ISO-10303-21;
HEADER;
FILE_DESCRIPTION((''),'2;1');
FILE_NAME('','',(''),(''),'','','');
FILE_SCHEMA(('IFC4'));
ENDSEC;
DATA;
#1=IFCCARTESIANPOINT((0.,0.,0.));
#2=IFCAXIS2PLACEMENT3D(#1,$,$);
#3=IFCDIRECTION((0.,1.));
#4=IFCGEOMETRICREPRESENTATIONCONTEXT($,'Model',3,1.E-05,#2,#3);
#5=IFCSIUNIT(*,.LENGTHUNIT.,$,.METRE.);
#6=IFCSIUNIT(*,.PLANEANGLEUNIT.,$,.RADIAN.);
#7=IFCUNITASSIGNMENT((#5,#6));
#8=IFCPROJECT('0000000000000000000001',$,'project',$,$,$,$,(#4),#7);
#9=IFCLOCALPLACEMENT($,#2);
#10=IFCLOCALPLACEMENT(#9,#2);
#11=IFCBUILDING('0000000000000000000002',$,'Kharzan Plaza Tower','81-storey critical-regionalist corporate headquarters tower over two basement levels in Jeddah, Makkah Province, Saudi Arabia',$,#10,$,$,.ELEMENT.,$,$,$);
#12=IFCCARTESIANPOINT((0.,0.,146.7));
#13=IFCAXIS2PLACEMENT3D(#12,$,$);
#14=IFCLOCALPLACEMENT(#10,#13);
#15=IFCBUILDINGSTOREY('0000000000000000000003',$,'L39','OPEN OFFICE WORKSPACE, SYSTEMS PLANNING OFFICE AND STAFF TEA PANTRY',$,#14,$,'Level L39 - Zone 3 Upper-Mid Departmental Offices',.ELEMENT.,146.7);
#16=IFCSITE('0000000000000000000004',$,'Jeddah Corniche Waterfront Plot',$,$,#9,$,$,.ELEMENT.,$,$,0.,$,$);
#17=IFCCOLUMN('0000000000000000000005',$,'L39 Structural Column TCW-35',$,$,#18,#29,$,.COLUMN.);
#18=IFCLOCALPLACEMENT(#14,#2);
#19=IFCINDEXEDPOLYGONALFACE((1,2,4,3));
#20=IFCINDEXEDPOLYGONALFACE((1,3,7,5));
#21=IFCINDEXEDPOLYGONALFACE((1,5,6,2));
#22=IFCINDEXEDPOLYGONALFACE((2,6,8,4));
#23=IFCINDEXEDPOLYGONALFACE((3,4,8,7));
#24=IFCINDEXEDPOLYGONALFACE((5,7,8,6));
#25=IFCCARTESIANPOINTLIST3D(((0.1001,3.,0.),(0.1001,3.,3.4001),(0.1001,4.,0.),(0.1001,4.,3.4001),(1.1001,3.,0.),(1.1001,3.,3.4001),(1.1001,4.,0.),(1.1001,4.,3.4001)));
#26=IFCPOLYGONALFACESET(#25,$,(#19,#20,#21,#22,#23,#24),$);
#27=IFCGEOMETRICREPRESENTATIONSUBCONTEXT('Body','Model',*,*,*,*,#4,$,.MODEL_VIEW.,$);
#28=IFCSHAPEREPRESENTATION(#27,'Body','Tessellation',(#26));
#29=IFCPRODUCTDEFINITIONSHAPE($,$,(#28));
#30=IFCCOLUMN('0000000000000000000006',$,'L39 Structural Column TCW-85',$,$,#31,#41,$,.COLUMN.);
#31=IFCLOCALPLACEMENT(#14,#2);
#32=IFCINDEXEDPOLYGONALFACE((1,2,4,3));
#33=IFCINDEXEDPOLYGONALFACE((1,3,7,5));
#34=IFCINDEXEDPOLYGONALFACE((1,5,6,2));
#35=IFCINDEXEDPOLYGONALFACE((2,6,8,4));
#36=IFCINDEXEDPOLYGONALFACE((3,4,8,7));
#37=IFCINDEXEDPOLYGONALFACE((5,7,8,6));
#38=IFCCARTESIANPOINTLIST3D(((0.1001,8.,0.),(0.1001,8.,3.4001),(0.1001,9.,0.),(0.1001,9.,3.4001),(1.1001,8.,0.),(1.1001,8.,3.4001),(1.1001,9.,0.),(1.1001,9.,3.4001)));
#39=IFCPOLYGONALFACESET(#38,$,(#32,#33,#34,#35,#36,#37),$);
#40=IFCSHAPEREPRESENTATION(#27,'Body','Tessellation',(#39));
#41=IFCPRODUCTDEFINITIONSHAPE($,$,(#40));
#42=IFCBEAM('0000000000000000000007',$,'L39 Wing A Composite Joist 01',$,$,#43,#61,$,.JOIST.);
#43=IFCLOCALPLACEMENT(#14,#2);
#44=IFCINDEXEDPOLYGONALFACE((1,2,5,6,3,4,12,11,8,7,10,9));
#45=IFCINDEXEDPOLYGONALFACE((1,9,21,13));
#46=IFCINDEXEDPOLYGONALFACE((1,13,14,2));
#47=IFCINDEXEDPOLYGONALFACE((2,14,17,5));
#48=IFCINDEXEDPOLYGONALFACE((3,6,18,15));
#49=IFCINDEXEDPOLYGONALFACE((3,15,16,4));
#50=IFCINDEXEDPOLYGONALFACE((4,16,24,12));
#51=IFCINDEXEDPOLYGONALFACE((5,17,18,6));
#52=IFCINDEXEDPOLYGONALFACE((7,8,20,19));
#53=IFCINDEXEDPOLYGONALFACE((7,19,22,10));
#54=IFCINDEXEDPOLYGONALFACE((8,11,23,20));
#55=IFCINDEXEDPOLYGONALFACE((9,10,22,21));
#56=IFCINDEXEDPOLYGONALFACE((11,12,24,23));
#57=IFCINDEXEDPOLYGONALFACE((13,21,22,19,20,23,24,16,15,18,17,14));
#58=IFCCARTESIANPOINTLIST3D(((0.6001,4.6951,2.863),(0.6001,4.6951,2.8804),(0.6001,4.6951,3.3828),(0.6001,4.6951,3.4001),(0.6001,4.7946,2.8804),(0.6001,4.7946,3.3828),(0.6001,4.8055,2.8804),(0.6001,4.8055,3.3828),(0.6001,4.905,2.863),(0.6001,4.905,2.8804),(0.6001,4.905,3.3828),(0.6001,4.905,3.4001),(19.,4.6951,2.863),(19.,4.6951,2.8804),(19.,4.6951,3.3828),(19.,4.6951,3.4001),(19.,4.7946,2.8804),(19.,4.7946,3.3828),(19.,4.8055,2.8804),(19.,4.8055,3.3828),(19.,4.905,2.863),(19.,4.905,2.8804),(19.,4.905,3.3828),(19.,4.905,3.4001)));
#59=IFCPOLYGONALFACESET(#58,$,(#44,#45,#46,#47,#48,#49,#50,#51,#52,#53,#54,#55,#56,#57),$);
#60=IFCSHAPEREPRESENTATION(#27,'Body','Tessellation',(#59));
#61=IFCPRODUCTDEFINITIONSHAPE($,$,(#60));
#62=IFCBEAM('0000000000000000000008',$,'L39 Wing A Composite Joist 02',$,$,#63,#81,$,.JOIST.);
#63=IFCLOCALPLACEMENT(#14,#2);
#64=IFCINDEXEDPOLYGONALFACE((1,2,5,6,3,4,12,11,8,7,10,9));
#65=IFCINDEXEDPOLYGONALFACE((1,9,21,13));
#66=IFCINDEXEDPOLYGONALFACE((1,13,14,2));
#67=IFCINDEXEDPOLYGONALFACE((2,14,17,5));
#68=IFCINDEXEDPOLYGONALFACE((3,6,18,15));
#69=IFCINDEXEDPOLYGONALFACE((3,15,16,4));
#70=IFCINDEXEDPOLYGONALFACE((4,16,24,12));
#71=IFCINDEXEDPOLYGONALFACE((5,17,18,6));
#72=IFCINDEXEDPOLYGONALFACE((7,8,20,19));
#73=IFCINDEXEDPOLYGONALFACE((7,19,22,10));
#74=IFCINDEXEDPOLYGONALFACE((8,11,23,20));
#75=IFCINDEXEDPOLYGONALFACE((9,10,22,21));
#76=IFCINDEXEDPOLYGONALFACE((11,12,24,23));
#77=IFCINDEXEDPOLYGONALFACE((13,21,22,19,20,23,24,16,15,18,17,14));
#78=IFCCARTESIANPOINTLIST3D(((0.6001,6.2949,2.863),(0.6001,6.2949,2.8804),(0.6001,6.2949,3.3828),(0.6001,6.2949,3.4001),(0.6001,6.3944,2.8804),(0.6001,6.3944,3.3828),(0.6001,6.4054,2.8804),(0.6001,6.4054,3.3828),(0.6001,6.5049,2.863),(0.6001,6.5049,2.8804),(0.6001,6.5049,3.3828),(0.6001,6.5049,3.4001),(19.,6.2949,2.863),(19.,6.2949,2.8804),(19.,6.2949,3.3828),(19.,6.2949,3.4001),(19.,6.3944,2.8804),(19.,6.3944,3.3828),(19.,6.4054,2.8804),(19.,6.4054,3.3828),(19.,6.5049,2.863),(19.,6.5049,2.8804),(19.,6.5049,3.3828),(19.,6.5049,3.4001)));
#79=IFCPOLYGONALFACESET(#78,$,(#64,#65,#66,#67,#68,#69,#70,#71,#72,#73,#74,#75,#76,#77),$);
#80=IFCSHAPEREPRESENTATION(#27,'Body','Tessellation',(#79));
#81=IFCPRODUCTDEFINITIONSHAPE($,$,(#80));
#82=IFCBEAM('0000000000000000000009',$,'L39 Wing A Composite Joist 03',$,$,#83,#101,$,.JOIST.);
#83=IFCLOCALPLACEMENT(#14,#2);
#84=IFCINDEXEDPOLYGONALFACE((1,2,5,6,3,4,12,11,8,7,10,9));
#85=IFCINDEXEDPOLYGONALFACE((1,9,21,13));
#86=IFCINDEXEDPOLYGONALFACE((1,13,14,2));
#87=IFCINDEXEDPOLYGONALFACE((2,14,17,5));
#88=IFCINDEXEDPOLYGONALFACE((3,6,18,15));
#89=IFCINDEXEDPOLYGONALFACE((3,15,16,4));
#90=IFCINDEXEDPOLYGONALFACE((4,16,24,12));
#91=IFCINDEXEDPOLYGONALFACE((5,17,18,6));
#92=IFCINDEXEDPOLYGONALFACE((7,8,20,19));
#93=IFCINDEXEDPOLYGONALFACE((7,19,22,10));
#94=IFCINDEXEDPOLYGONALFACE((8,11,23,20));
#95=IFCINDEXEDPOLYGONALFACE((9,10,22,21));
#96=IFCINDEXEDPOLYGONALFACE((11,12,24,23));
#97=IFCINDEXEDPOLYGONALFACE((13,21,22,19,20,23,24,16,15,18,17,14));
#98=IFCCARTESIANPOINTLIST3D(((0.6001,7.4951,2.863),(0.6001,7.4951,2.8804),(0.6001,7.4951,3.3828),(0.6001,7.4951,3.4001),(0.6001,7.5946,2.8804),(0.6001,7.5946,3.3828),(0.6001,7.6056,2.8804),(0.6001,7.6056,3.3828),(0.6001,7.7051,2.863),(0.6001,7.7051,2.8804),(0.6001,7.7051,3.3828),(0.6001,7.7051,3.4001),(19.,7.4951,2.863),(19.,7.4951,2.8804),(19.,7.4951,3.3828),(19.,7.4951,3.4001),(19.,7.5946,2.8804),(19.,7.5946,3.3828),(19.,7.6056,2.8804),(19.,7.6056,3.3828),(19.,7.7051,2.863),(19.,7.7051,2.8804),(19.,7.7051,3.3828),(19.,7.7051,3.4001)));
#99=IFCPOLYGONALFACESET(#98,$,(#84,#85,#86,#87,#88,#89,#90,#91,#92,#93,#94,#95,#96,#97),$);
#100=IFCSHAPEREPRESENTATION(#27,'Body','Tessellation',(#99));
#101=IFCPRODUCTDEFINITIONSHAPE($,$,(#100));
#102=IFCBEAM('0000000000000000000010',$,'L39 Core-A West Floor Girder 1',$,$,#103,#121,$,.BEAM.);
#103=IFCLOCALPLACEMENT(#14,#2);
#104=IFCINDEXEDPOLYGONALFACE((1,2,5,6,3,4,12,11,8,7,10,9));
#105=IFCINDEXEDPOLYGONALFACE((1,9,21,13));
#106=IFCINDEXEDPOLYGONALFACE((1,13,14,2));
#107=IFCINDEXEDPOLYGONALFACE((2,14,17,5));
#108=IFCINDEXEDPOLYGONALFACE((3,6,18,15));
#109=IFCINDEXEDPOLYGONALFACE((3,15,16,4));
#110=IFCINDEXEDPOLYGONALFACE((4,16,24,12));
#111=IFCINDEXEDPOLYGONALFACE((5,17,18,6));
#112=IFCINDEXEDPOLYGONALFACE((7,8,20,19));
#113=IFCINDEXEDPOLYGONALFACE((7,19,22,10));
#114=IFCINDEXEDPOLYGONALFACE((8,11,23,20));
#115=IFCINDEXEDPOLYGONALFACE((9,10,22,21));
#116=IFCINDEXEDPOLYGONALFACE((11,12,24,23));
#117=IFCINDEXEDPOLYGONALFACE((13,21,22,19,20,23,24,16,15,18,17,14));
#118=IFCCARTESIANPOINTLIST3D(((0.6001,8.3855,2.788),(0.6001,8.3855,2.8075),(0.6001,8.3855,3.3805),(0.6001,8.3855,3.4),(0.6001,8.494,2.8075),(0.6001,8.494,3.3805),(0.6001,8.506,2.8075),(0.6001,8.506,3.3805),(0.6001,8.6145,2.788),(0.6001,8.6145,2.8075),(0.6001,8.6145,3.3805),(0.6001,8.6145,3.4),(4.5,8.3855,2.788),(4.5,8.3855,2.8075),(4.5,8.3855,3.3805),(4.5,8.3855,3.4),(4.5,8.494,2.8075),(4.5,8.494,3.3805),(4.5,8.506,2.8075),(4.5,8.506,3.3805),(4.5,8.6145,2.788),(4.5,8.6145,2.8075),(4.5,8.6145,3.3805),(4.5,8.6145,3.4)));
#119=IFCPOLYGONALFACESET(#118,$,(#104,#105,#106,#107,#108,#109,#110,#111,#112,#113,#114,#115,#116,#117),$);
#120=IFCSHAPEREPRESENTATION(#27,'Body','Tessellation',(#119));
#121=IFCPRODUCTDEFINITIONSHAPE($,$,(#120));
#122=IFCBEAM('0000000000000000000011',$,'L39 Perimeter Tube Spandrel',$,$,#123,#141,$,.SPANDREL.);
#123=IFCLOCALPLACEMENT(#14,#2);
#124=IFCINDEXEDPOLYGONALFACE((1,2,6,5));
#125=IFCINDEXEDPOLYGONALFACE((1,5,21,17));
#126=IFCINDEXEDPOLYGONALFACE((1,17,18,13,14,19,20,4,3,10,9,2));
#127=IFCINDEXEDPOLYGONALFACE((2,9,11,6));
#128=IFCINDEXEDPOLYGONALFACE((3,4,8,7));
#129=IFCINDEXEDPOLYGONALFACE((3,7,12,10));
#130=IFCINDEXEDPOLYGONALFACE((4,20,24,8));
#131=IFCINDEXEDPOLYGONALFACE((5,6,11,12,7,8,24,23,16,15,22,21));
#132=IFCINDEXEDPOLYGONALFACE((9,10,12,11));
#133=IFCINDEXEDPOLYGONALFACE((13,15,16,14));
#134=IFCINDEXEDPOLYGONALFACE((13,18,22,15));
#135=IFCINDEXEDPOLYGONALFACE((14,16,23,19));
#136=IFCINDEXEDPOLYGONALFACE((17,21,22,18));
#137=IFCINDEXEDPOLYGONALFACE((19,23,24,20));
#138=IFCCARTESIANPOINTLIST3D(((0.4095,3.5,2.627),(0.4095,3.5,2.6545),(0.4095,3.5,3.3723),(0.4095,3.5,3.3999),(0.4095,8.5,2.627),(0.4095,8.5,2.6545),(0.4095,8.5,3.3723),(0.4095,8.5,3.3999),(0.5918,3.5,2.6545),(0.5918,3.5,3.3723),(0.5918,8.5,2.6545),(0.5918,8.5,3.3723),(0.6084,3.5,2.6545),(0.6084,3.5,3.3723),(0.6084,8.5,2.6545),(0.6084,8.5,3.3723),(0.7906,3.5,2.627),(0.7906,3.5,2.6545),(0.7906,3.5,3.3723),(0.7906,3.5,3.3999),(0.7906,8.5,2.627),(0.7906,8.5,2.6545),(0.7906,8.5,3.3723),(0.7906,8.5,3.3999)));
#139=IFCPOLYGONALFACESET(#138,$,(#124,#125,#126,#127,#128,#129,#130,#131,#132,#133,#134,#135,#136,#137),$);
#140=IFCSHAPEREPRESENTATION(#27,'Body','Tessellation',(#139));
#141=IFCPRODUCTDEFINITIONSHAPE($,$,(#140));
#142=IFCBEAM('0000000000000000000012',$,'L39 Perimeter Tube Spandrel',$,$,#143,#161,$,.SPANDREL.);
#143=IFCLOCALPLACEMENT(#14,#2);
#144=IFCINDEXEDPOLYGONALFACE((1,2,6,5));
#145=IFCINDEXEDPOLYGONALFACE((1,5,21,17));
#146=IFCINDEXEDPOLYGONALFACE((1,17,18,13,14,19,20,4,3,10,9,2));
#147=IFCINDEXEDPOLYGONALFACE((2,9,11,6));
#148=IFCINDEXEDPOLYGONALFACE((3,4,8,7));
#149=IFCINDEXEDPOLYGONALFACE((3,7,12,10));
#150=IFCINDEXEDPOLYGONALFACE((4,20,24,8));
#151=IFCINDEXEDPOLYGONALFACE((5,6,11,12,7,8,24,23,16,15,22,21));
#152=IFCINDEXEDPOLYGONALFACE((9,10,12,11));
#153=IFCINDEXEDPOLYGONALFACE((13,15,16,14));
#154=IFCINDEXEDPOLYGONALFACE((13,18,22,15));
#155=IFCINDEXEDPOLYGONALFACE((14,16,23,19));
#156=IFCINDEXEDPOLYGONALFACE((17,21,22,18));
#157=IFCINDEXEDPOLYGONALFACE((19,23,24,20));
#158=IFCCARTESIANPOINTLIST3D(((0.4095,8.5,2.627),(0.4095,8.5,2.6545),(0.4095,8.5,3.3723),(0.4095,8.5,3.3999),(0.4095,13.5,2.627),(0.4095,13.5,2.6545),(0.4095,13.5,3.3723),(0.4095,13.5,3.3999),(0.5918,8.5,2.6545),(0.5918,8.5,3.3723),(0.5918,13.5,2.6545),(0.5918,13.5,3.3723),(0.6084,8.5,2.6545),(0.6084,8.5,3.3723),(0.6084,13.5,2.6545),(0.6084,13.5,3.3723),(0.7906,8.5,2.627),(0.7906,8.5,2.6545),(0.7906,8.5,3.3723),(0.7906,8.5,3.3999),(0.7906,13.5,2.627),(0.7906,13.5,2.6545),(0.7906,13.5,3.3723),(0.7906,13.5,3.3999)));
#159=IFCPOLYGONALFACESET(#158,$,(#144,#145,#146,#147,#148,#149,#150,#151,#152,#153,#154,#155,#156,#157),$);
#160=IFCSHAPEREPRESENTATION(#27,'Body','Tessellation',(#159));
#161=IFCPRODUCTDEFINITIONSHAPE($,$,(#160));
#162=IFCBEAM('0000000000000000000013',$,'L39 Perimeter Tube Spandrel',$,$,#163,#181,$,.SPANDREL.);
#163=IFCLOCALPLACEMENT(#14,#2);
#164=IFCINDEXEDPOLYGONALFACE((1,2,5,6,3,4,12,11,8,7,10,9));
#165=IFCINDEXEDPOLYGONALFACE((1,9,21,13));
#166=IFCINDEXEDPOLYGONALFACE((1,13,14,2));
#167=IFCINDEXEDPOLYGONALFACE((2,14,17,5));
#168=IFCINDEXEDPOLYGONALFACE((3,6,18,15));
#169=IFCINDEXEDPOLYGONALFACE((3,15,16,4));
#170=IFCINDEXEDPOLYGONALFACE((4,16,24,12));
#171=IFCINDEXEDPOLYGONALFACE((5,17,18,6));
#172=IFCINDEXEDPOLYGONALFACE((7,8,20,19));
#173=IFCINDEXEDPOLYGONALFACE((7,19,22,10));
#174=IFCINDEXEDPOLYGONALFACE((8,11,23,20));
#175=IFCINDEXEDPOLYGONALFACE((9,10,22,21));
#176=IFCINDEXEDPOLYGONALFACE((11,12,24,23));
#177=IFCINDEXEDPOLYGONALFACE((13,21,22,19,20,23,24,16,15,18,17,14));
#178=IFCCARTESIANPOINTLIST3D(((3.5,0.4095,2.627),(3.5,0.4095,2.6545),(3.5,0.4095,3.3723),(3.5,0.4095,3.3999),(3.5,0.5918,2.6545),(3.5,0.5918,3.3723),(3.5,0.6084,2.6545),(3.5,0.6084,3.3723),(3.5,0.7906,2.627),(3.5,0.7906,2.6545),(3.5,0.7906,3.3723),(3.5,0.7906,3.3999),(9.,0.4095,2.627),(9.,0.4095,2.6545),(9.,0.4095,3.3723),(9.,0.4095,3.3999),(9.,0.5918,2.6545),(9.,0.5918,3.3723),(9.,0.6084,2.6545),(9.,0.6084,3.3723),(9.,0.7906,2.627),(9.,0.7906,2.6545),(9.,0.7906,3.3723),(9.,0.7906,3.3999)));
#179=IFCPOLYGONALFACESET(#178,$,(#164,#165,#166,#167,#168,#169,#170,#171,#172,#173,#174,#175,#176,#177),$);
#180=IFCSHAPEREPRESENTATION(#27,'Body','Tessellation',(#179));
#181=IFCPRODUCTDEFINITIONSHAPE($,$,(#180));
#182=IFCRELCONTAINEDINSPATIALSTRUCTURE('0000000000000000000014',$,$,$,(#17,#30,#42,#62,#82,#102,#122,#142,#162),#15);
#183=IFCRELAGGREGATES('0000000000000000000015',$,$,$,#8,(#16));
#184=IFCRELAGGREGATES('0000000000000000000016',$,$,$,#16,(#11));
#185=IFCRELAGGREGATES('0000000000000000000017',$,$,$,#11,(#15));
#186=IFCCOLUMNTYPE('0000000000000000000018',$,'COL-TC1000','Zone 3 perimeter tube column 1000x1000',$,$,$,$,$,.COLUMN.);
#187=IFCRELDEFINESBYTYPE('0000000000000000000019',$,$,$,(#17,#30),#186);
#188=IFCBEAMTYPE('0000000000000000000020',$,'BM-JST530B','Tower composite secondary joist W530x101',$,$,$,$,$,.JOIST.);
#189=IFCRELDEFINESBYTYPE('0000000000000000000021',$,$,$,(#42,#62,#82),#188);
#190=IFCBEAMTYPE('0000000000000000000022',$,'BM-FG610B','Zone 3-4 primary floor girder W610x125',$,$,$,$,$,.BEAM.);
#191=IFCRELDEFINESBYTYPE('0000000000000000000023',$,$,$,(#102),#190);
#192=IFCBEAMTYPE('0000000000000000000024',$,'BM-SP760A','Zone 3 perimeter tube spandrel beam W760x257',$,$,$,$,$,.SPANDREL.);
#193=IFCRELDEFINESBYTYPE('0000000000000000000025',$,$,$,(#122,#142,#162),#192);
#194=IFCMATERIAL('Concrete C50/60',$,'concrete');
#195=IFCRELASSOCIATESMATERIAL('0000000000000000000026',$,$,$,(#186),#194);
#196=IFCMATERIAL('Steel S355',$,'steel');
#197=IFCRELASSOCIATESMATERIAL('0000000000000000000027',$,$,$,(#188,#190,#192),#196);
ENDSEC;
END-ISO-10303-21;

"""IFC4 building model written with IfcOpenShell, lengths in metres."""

from ifc_helpers import new_model, si_unit, direction, frame, origin, origin_2d, place, context, subcontext, project, spatial, rectangle, i_section, extrude, source, transform, mapped, material, material_profile, profile_set, type_object, element, save


model = new_model("IFC4")

# Units and contexts
model_context = context("Model", 3, precision=1e-05, world=origin(), true_north=direction((0.0, 1.0)))
body_context = subcontext(model_context, "Body", "Model", "MODEL_VIEW")
ifc_project = project(units=[si_unit("LENGTHUNIT", "METRE"), si_unit("PLANEANGLEUNIT", "RADIAN")], contexts=[model_context])

# Site, building, storey
site_placement = place(None, origin())
site = spatial("IfcSite", under=ifc_project, at=site_placement, Name="Jeddah Corniche Waterfront Plot", CompositionType="ELEMENT", RefElevation=0.0)
building_placement = place(site_placement, origin())
building = spatial("IfcBuilding", under=site, at=building_placement, Name="Kharzan Plaza Tower", Description="81-storey critical-regionalist corporate headquarters tower over two basement levels in Jeddah, Makkah Province, Saudi Arabia", CompositionType="ELEMENT")
storey_placement = place(building_placement, frame((0.0, 0.0, 146.7)))
storey = spatial("IfcBuildingStorey", under=building, at=storey_placement, Name="L39", Description="OPEN OFFICE WORKSPACE, SYSTEMS PLANNING OFFICE AND STAFF TEA PANTRY", LongName="Level L39 - Zone 3 Upper-Mid Departmental Offices", CompositionType="ELEMENT", Elevation=146.7)

# Columns
ifc_material_1 = material(Name="Concrete C50/60", Category="concrete")
ifc_material_profile_1 = material_profile(ifc_material_1, rectangle(XDim=1.0, YDim=1.0, at=origin_2d()), Name="RC-TC1000x1000")
ifc_profile_set_1 = profile_set([ifc_material_profile_1], Name="Concrete C50/60")
column_type = type_object("IfcColumnType", Name="COL-TC1000", Description="Zone 3 perimeter tube column 1000x1000", PredefinedType="COLUMN", material=ifc_profile_set_1)
shared_shape_1 = source(origin(), body_context, "Body", "SweptSolid", [
    extrude(rectangle(XDim=1.0, YDim=1.0, at=origin_2d()), origin(), (0.0, 0.0, 1.0), 3.4001),
])
for number, where, z_axis, x_axis, name in (
    (1, (0.6001, 3.5, 0.0), (0.0, 0.0, 1.0), (1.0, 0.0, 0.0), "L39 Structural Column TCW-35"),
    (2, (0.6001, 8.5, 0.0), (0.0, 0.0, 1.0), (1.0, 0.0, 0.0), "L39 Structural Column TCW-85"),
):
    element("IfcColumn", number, at=place(storey_placement, frame(where, z_axis=z_axis, x_axis=x_axis)), inside=storey, type_object=column_type, Name=name, PredefinedType="COLUMN", context=body_context, shape_type="MappedRepresentation", body=[
        mapped(shared_shape_1, transform((0.0, 0.0, 0.0), x_axis=(1.0, 0.0, 0.0), y_axis=(0.0, 1.0, 0.0), z_axis=(0.0, 0.0, 1.0))),
    ])

# Beams
ifc_material_2 = material(Name="Steel S355", Category="steel")
ifc_material_profile_2 = material_profile(ifc_material_2, i_section(OverallWidth=0.21, OverallDepth=0.5371, WebThickness=0.011, FlangeThickness=0.0173, at=origin_2d()), Name="W530x101")
ifc_profile_set_2 = profile_set([ifc_material_profile_2], Name="Steel S355")
beam_type_1 = type_object("IfcBeamType", Name="BM-JST530B", Description="Tower composite secondary joist W530x101", PredefinedType="JOIST", material=ifc_profile_set_2)
shared_shape_2 = source(origin(), body_context, "Body", "SweptSolid", [
    extrude(i_section(OverallWidth=0.21, OverallDepth=0.5371, WebThickness=0.011, FlangeThickness=0.0173, at=origin_2d()), origin(), (0.0, 0.0, 1.0), 18.3999),
])
for number, where, z_axis, x_axis, name in (
    (3, (0.6001, 4.8, 3.1316), (1.0, 0.0, 0.0), (0.0, 1.0, 0.0), "L39 Wing A Composite Joist 01"),
    (4, (0.6001, 6.3999, 3.1316), (1.0, 0.0, 0.0), (0.0, 1.0, 0.0), "L39 Wing A Composite Joist 02"),
    (5, (0.6001, 7.6001, 3.1316), (1.0, 0.0, 0.0), (0.0, 1.0, 0.0), "L39 Wing A Composite Joist 03"),
):
    element("IfcBeam", number, at=place(storey_placement, frame(where, z_axis=z_axis, x_axis=x_axis)), inside=storey, type_object=beam_type_1, Name=name, PredefinedType="JOIST", context=body_context, shape_type="MappedRepresentation", body=[
        mapped(shared_shape_2, transform((0.0, 0.0, 0.0), x_axis=(1.0, 0.0, 0.0), y_axis=(0.0, 1.0, 0.0), z_axis=(0.0, 0.0, 1.0))),
    ])
ifc_material_profile_3 = material_profile(ifc_material_2, i_section(OverallWidth=0.229, OverallDepth=0.6121, WebThickness=0.012, FlangeThickness=0.0195, at=origin_2d()), Name="W610x125")
ifc_profile_set_3 = profile_set([ifc_material_profile_3], Name="Steel S355")
beam_type_2 = type_object("IfcBeamType", Name="BM-FG610B", Description="Zone 3-4 primary floor girder W610x125", PredefinedType="BEAM", material=ifc_profile_set_3)
shared_shape_3 = source(origin(), body_context, "Body", "SweptSolid", [
    extrude(i_section(OverallWidth=0.229, OverallDepth=0.6121, WebThickness=0.012, FlangeThickness=0.0195, at=origin_2d()), origin(), (0.0, 0.0, 1.0), 3.8999),
])
beam_1_placement = place(storey_placement, frame((0.6001, 8.5, 3.094), z_axis=(1.0, 0.0, 0.0), x_axis=(0.0, 1.0, 0.0)))
element("IfcBeam", 6, at=beam_1_placement, inside=storey, type_object=beam_type_2, Name="L39 Core-A West Floor Girder 1", PredefinedType="BEAM", context=body_context, shape_type="MappedRepresentation", body=[
    mapped(shared_shape_3, transform((0.0, 0.0, 0.0), x_axis=(1.0, 0.0, 0.0), y_axis=(0.0, 1.0, 0.0), z_axis=(0.0, 0.0, 1.0))),
])
ifc_material_profile_4 = material_profile(ifc_material_2, i_section(OverallWidth=0.3811, OverallDepth=0.7729, WebThickness=0.0166, FlangeThickness=0.0276, at=origin_2d()), Name="W760x257")
ifc_profile_set_4 = profile_set([ifc_material_profile_4], Name="Steel S355")
beam_type_3 = type_object("IfcBeamType", Name="BM-SP760A", Description="Zone 3 perimeter tube spandrel beam W760x257", PredefinedType="SPANDREL", material=ifc_profile_set_4)
shared_shape_4 = source(origin(), body_context, "Body", "SweptSolid", [
    extrude(i_section(OverallWidth=0.3811, OverallDepth=0.7729, WebThickness=0.0166, FlangeThickness=0.0276, at=origin_2d()), origin(), (0.0, 0.0, 1.0), 5.0),
])
for number, where, z_axis, x_axis, name in (
    (7, (0.6001, 3.5, 3.0134), (0.0, 1.0, 0.0), (-1.0, 0.0, 0.0), "L39 Perimeter Tube Spandrel"),
    (8, (0.6001, 8.5, 3.0134), (0.0, 1.0, 0.0), (-1.0, 0.0, 0.0), "L39 Perimeter Tube Spandrel"),
):
    element("IfcBeam", number, at=place(storey_placement, frame(where, z_axis=z_axis, x_axis=x_axis)), inside=storey, type_object=beam_type_3, Name=name, PredefinedType="SPANDREL", context=body_context, shape_type="MappedRepresentation", body=[
        mapped(shared_shape_4, transform((0.0, 0.0, 0.0), x_axis=(1.0, 0.0, 0.0), y_axis=(0.0, 1.0, 0.0), z_axis=(0.0, 0.0, 1.0))),
    ])
shared_shape_5 = source(origin(), body_context, "Body", "SweptSolid", [
    extrude(i_section(OverallWidth=0.3811, OverallDepth=0.7729, WebThickness=0.0166, FlangeThickness=0.0276, at=origin_2d()), origin(), (0.0, 0.0, 1.0), 5.5),
])
beam_2_placement = place(storey_placement, frame((3.5, 0.6001, 3.0134), z_axis=(1.0, 0.0, 0.0), x_axis=(0.0, 1.0, 0.0)))
element("IfcBeam", 9, at=beam_2_placement, inside=storey, type_object=beam_type_3, Name="L39 Perimeter Tube Spandrel", PredefinedType="SPANDREL", context=body_context, shape_type="MappedRepresentation", body=[
    mapped(shared_shape_5, transform((0.0, 0.0, 0.0), x_axis=(1.0, 0.0, 0.0), y_axis=(0.0, 1.0, 0.0), z_axis=(0.0, 0.0, 1.0))),
])

save(model, "model.ifc")
